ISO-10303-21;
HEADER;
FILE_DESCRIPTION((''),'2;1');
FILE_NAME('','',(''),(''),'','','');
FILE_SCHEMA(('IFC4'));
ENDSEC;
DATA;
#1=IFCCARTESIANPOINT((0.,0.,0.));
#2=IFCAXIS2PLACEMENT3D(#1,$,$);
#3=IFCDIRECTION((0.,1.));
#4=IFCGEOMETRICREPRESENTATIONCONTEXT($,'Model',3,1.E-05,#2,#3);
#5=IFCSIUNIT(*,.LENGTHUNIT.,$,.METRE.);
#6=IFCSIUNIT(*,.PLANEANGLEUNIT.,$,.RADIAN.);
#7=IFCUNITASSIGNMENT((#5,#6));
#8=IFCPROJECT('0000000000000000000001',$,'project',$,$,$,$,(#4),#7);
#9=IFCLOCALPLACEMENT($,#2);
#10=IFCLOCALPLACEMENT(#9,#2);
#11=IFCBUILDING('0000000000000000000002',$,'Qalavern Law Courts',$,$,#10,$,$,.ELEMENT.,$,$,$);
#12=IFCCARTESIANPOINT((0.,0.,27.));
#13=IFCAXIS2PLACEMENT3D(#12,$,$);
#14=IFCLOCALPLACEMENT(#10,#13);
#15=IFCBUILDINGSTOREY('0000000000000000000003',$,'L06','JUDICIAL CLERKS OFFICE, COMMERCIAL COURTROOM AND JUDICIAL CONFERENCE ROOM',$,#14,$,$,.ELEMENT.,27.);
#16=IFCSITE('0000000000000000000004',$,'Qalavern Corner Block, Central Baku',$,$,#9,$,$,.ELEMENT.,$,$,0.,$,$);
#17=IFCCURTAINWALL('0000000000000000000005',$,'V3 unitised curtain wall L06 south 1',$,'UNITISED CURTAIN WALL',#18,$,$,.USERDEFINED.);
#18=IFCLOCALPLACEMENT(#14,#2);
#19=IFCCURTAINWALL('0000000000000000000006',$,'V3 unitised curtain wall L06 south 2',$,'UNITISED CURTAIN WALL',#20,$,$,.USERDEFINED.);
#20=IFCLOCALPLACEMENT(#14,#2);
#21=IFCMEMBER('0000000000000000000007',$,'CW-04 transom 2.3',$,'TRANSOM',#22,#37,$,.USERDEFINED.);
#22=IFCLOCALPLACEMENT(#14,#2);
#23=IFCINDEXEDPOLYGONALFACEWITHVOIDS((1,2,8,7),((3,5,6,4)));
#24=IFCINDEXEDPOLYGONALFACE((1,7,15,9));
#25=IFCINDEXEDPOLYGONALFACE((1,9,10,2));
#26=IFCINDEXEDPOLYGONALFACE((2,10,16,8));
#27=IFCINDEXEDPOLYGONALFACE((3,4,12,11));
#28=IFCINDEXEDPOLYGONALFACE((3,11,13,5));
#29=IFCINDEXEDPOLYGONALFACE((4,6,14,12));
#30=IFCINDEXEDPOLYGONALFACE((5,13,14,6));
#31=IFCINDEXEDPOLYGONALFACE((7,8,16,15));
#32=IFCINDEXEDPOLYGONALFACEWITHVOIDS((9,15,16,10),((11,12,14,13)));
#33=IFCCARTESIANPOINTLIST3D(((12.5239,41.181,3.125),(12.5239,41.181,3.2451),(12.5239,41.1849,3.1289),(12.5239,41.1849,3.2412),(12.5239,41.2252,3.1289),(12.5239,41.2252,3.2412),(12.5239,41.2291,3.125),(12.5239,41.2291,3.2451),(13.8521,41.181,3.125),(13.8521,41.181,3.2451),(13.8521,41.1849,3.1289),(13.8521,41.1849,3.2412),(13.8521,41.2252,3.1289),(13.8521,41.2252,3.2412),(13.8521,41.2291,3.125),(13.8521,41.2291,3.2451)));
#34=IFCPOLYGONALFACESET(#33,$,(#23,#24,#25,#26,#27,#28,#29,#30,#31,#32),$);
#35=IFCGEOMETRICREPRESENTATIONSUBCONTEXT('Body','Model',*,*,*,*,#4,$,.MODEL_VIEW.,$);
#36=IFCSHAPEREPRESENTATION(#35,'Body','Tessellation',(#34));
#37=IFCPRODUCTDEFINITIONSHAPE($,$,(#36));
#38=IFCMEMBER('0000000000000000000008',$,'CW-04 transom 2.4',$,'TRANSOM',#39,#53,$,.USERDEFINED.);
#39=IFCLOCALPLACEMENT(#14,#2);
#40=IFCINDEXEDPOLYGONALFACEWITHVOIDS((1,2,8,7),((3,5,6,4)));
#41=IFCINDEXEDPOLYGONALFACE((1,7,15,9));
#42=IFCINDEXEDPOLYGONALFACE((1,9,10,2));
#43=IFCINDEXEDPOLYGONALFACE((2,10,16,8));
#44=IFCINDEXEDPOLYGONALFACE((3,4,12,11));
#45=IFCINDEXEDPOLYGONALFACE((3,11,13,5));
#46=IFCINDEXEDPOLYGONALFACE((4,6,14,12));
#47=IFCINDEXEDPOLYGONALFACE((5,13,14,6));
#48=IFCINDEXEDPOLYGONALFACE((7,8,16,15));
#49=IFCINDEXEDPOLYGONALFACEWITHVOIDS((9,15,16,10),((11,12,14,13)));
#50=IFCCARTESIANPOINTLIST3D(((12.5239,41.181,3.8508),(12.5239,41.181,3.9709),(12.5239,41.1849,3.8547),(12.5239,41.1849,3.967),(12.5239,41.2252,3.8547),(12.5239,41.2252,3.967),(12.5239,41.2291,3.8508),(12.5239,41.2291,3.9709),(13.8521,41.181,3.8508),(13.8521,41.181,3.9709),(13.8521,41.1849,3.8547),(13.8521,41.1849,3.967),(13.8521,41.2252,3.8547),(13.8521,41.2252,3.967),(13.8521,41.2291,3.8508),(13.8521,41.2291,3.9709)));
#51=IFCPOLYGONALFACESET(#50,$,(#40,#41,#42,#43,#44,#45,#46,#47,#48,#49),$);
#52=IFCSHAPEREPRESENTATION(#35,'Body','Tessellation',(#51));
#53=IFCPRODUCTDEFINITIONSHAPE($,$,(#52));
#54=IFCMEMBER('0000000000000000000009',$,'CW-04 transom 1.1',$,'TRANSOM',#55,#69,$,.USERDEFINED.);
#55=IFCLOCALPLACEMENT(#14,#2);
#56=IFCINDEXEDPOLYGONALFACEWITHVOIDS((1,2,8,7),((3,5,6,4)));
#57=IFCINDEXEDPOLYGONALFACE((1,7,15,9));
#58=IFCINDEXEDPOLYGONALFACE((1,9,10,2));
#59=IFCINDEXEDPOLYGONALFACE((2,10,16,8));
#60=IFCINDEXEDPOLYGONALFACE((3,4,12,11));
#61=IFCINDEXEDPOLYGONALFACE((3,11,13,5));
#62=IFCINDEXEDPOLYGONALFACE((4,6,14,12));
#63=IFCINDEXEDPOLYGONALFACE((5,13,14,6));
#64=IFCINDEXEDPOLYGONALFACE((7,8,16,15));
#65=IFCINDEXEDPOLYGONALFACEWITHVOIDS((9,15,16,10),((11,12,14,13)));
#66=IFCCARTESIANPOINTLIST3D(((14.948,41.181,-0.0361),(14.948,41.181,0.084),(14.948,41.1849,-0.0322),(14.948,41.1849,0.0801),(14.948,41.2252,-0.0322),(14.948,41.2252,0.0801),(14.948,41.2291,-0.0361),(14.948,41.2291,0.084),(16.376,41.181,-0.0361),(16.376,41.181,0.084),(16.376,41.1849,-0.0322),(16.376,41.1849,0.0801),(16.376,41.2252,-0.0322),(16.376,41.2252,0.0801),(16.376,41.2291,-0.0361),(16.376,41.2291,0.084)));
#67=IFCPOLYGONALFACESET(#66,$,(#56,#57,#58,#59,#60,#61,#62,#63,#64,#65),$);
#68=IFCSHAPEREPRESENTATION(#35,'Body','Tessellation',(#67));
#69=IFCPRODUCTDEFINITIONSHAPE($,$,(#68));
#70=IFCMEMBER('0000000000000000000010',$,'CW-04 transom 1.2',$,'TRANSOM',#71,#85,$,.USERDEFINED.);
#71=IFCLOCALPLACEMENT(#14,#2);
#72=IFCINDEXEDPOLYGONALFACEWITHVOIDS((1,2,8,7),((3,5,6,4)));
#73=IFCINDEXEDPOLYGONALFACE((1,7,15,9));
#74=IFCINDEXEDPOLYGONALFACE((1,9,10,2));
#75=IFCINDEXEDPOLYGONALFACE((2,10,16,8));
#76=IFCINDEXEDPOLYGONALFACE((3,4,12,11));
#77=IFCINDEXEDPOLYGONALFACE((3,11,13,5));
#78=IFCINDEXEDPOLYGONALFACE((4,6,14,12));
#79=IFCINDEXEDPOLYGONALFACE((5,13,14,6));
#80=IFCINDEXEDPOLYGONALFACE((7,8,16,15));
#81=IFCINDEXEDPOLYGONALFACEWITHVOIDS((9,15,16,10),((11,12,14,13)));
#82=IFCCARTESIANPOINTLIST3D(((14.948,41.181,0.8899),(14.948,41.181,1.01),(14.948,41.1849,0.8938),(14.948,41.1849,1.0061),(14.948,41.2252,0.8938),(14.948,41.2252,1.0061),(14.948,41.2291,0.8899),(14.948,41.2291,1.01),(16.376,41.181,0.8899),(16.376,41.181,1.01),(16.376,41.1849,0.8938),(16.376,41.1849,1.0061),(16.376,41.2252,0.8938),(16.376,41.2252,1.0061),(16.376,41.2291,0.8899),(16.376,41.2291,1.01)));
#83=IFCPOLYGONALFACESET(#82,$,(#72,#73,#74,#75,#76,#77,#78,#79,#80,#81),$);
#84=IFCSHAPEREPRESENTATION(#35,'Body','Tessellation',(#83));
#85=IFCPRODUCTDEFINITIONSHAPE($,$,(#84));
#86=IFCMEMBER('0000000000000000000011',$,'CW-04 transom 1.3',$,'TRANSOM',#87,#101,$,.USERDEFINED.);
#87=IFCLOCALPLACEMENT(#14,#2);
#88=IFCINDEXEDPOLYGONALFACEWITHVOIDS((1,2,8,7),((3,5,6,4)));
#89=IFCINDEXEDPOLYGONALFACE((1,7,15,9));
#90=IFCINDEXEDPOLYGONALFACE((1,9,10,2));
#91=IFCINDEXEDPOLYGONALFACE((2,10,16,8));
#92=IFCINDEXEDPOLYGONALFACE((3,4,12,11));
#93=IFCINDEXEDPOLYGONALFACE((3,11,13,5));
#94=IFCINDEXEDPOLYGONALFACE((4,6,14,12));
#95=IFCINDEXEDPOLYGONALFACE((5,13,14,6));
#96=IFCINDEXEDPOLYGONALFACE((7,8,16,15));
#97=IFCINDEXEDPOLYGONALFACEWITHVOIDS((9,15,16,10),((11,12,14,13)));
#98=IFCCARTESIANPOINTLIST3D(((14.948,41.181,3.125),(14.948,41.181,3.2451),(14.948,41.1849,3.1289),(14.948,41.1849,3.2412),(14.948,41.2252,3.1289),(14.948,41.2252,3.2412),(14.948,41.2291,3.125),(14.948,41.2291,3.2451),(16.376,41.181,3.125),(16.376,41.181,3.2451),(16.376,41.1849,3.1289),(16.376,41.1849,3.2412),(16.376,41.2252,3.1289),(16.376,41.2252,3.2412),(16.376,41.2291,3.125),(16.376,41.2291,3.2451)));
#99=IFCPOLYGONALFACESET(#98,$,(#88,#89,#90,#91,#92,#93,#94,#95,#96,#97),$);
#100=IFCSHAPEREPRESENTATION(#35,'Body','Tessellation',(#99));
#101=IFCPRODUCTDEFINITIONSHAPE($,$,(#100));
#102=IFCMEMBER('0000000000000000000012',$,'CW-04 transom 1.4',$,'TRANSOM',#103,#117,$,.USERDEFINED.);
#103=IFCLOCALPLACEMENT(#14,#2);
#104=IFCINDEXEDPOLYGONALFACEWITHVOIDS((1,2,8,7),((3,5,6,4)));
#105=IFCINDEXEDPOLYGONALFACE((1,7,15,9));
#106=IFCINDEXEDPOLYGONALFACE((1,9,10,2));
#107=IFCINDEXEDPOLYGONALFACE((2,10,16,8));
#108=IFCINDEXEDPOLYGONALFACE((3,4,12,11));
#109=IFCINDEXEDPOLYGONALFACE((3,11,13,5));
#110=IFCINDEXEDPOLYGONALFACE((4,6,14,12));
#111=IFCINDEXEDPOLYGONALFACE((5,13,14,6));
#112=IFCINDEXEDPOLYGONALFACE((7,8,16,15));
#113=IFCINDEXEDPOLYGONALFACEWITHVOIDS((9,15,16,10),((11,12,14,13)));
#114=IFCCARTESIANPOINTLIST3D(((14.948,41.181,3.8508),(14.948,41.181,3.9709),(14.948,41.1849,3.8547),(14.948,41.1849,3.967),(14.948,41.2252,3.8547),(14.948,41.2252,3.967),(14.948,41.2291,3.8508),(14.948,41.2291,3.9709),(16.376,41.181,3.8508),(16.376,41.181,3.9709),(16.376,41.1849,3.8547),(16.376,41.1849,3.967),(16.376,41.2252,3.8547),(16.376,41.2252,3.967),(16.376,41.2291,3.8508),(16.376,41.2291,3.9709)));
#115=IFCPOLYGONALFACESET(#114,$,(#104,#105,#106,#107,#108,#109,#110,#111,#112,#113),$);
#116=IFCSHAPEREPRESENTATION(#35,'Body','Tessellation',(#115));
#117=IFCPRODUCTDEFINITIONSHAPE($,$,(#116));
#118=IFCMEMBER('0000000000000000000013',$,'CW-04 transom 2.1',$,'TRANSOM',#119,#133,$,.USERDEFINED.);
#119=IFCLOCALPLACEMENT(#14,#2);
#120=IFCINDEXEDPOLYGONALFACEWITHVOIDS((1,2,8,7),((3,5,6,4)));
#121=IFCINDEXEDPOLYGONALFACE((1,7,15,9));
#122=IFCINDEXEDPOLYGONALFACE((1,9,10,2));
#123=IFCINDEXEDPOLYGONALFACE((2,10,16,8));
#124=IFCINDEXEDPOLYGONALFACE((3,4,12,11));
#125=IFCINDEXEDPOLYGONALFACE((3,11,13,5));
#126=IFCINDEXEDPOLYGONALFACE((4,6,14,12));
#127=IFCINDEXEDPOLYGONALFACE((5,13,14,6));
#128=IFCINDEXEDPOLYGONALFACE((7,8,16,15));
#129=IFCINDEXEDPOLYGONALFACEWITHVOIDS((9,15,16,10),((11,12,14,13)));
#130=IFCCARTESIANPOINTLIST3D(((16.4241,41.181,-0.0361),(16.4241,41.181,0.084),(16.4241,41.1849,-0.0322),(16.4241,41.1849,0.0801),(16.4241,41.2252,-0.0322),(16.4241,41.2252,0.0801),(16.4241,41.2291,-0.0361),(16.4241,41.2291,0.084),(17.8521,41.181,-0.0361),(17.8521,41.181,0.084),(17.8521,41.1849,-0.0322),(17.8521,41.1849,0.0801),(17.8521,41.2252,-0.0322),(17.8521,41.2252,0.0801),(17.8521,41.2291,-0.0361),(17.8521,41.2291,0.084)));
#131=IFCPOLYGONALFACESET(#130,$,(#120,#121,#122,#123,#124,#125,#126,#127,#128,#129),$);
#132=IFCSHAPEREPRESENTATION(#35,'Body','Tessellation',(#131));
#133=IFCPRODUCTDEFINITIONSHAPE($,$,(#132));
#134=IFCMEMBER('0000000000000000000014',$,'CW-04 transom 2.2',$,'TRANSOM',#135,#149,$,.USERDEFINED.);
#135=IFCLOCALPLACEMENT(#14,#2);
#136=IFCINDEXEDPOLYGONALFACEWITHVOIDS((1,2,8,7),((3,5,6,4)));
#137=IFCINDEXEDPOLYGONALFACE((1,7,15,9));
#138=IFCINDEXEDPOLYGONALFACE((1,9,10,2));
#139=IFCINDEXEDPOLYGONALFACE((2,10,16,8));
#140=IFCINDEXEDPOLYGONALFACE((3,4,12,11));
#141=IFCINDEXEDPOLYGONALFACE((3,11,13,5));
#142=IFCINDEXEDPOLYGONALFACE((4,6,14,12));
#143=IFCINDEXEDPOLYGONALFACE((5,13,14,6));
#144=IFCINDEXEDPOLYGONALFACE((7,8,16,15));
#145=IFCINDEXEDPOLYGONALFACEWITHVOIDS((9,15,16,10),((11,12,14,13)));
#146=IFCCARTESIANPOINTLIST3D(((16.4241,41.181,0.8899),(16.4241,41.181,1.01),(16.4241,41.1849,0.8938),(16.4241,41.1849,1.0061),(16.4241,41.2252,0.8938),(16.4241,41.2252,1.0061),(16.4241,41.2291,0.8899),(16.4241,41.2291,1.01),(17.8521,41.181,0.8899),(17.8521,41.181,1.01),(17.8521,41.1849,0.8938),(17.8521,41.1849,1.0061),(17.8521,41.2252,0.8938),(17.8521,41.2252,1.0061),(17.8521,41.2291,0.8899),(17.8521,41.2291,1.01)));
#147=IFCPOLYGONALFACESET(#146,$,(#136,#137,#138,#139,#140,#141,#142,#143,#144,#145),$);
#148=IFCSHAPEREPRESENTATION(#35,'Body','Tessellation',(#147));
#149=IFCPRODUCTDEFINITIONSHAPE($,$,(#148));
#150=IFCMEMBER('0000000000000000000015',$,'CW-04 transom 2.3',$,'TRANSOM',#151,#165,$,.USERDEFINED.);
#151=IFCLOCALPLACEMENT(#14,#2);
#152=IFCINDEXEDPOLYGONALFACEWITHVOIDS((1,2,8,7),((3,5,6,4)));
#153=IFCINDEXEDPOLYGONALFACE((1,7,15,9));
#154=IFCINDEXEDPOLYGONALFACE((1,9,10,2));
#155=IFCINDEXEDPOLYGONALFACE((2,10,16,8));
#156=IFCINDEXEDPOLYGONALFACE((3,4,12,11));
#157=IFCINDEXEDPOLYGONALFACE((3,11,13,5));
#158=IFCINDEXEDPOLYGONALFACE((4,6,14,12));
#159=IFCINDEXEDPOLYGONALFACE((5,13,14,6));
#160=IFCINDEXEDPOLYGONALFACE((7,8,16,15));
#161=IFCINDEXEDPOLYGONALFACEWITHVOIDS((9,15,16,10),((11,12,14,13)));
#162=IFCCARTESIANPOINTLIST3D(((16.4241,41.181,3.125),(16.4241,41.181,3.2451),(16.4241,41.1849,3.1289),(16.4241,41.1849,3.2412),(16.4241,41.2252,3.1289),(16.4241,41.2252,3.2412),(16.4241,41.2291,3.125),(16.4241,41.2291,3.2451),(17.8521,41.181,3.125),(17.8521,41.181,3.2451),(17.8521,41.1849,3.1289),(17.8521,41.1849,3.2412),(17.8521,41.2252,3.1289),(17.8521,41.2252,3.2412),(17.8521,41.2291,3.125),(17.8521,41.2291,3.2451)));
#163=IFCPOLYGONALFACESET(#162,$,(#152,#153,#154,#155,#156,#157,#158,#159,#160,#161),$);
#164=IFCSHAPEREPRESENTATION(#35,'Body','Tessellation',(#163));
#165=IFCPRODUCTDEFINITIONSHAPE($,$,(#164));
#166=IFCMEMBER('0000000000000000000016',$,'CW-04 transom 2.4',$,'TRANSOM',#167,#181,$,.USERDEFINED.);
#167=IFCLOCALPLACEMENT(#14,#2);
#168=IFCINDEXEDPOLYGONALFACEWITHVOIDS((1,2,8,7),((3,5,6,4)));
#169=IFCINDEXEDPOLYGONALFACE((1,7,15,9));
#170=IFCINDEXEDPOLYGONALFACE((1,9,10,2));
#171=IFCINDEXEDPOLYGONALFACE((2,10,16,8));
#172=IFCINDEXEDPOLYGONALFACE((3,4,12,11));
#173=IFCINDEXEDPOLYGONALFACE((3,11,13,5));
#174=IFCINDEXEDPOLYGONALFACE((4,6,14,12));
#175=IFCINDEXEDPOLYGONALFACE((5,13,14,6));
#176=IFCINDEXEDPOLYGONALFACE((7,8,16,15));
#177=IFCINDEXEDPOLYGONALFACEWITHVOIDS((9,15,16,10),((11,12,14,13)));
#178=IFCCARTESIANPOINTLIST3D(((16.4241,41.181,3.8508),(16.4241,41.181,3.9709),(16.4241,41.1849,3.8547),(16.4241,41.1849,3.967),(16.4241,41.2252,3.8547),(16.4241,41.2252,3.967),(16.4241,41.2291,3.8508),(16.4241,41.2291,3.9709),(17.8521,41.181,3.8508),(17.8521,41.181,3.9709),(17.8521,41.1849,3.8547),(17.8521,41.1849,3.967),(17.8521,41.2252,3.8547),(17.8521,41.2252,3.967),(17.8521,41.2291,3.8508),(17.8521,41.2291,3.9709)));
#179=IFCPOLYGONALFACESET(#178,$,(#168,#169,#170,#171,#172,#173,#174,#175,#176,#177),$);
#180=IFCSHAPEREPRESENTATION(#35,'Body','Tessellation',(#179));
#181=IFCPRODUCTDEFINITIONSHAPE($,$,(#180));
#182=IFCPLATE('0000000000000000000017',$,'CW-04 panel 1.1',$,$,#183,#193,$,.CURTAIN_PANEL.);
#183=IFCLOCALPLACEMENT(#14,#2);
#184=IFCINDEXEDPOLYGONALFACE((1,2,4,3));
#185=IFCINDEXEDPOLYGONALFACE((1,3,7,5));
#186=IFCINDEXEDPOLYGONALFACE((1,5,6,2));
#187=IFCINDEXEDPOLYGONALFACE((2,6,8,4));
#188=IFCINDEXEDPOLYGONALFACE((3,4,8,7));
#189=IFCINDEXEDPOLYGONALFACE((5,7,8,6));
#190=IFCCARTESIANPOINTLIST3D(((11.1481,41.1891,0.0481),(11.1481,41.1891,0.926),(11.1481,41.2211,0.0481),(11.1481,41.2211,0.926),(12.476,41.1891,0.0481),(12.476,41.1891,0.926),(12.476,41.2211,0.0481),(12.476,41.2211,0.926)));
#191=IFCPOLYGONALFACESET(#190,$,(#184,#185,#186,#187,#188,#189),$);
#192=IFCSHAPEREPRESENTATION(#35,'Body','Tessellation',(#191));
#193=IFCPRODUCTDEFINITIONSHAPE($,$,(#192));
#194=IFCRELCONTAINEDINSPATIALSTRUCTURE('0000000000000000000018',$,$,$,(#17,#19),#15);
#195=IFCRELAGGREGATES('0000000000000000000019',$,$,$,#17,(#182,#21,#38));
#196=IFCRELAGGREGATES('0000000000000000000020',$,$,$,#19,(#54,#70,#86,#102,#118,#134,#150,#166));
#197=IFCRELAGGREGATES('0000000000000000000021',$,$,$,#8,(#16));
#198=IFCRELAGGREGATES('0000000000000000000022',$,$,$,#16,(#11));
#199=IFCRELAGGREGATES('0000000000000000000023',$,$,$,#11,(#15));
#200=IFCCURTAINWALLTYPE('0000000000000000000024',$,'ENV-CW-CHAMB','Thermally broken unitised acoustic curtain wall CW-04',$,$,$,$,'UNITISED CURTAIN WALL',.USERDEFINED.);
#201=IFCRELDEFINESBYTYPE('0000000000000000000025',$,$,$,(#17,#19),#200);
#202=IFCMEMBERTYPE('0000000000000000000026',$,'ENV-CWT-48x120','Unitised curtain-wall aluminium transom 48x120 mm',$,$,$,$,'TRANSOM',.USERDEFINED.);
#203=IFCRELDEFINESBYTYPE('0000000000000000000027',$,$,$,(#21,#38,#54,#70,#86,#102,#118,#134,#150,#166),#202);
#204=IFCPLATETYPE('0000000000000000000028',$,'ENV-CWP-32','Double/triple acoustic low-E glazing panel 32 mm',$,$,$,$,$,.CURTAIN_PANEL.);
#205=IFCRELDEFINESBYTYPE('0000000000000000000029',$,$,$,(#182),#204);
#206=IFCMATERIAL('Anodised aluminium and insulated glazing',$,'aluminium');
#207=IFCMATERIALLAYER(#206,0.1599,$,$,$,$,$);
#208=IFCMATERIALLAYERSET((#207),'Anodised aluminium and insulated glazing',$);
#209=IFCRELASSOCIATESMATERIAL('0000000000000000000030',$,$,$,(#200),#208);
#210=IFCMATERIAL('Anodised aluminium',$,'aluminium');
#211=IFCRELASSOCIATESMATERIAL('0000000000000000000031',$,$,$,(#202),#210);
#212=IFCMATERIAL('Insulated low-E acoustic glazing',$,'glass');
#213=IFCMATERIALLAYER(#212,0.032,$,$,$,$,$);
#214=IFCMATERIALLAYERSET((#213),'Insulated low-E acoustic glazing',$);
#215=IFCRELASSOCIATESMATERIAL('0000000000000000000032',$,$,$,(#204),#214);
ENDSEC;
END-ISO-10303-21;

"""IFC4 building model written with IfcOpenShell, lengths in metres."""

from ifc_helpers import new_model, si_unit, direction, frame, origin, origin_2d, place, context, subcontext, project, spatial, rectangle, hollow_rectangle, extrude, material, layer, layer_set, material_profile, profile_set, type_object, element, aggregate, save


model = new_model("IFC4")

# Units and contexts
model_context = context("Model", 3, precision=1e-05, world=origin(), true_north=direction((0.0, 1.0)))
body_context = subcontext(model_context, "Body", "Model", "MODEL_VIEW")
ifc_project = project(units=[si_unit("LENGTHUNIT", "METRE"), si_unit("PLANEANGLEUNIT", "RADIAN")], contexts=[model_context])

# Site, building, storey
site_placement = place(None, origin())
site = spatial("IfcSite", under=ifc_project, at=site_placement, Name="Qalavern Corner Block, Central Baku", CompositionType="ELEMENT", RefElevation=0.0)
building_placement = place(site_placement, origin())
building = spatial("IfcBuilding", under=site, at=building_placement, Name="Qalavern Law Courts", CompositionType="ELEMENT")
storey_placement = place(building_placement, frame((0.0, 0.0, 27.0)))
storey = spatial("IfcBuildingStorey", under=building, at=storey_placement, Name="L06", Description="JUDICIAL CLERKS OFFICE, COMMERCIAL COURTROOM AND JUDICIAL CONFERENCE ROOM", CompositionType="ELEMENT", Elevation=27.0)

# Curtain walls
ifc_material_1 = material(Name="Anodised aluminium and insulated glazing", Category="aluminium")
ifc_layer_1 = layer(ifc_material_1, 0.1599)
ifc_layer_set_1 = layer_set([ifc_layer_1], Name="Anodised aluminium and insulated glazing")
curtain_wall_type = type_object("IfcCurtainWallType", Name="ENV-CW-CHAMB", Description="Thermally broken unitised acoustic curtain wall CW-04", ElementType="UNITISED CURTAIN WALL", PredefinedType="USERDEFINED", material=ifc_layer_set_1)
curtain_wall_1_placement = place(storey_placement, origin())
curtain_wall_1 = element("IfcCurtainWall", 1, at=curtain_wall_1_placement, inside=storey, type_object=curtain_wall_type, Name="V3 unitised curtain wall L06 south 1", ObjectType="UNITISED CURTAIN WALL", PredefinedType="USERDEFINED")
ifc_material_2 = material(Name="Anodised aluminium", Category="aluminium")
curtain_wall_2_placement = place(storey_placement, origin())
curtain_wall_2 = element("IfcCurtainWall", 2, at=curtain_wall_2_placement, inside=storey, type_object=curtain_wall_type, Name="V3 unitised curtain wall L06 south 2", ObjectType="UNITISED CURTAIN WALL", PredefinedType="USERDEFINED")

# Members
ifc_material_profile_1 = material_profile(ifc_material_2, hollow_rectangle(XDim=0.0481, YDim=0.1201, WallThickness=0.0039, at=origin_2d()), Name="ALU TRANSOM 48x120")
ifc_profile_set_1 = profile_set([ifc_material_profile_1], Name="Anodised aluminium")
member_type_1 = type_object("IfcMemberType", Name="ENV-CWT-48x120", Description="Unitised curtain-wall aluminium transom 48x120 mm", ElementType="TRANSOM", PredefinedType="USERDEFINED", material=ifc_profile_set_1)
member_1_placement = place(storey_placement, frame((12.5239, 41.2051, 3.1851), z_axis=(1.0, 0.0, 0.0), x_axis=(0.0, 1.0, 0.0)))
member_1 = element("IfcMember", 3, at=member_1_placement, type_object=member_type_1, Name="CW-04 transom 2.3", ObjectType="TRANSOM", PredefinedType="USERDEFINED", context=body_context, shape_type="SweptSolid", body=[
    extrude(hollow_rectangle(XDim=0.0481, YDim=0.1201, WallThickness=0.0039, at=origin_2d()), origin(), (0.0, 0.0, 1.0), 1.3281),
])
member_2_placement = place(storey_placement, frame((12.5239, 41.2051, 3.9109), z_axis=(1.0, 0.0, 0.0), x_axis=(0.0, 1.0, 0.0)))
member_2 = element("IfcMember", 4, at=member_2_placement, type_object=member_type_1, Name="CW-04 transom 2.4", ObjectType="TRANSOM", PredefinedType="USERDEFINED", context=body_context, shape_type="SweptSolid", body=[
    extrude(hollow_rectangle(XDim=0.0481, YDim=0.1201, WallThickness=0.0039, at=origin_2d()), origin(), (0.0, 0.0, 1.0), 1.3281),
])
member_3_placement = place(storey_placement, frame((14.948, 41.2051, 0.0239), z_axis=(1.0, 0.0, 0.0), x_axis=(0.0, 1.0, 0.0)))
member_3 = element("IfcMember", 5, at=member_3_placement, type_object=member_type_1, Name="CW-04 transom 1.1", ObjectType="TRANSOM", PredefinedType="USERDEFINED", context=body_context, shape_type="SweptSolid", body=[
    extrude(hollow_rectangle(XDim=0.0481, YDim=0.1201, WallThickness=0.0039, at=origin_2d()), origin(), (0.0, 0.0, 1.0), 1.428),
])
member_4_placement = place(storey_placement, frame((14.948, 41.2051, 0.95), z_axis=(1.0, 0.0, 0.0), x_axis=(0.0, 1.0, 0.0)))
member_4 = element("IfcMember", 6, at=member_4_placement, type_object=member_type_1, Name="CW-04 transom 1.2", ObjectType="TRANSOM", PredefinedType="USERDEFINED", context=body_context, shape_type="SweptSolid", body=[
    extrude(hollow_rectangle(XDim=0.0481, YDim=0.1201, WallThickness=0.0039, at=origin_2d()), origin(), (0.0, 0.0, 1.0), 1.428),
])
member_5_placement = place(storey_placement, frame((14.948, 41.2051, 3.1851), z_axis=(1.0, 0.0, 0.0), x_axis=(0.0, 1.0, 0.0)))
member_5 = element("IfcMember", 7, at=member_5_placement, type_object=member_type_1, Name="CW-04 transom 1.3", ObjectType="TRANSOM", PredefinedType="USERDEFINED", context=body_context, shape_type="SweptSolid", body=[
    extrude(hollow_rectangle(XDim=0.0481, YDim=0.1201, WallThickness=0.0039, at=origin_2d()), origin(), (0.0, 0.0, 1.0), 1.428),
])
member_6_placement = place(storey_placement, frame((14.948, 41.2051, 3.9109), z_axis=(1.0, 0.0, 0.0), x_axis=(0.0, 1.0, 0.0)))
member_6 = element("IfcMember", 8, at=member_6_placement, type_object=member_type_1, Name="CW-04 transom 1.4", ObjectType="TRANSOM", PredefinedType="USERDEFINED", context=body_context, shape_type="SweptSolid", body=[
    extrude(hollow_rectangle(XDim=0.0481, YDim=0.1201, WallThickness=0.0039, at=origin_2d()), origin(), (0.0, 0.0, 1.0), 1.428),
])
member_7_placement = place(storey_placement, frame((16.4241, 41.2051, 0.0239), z_axis=(1.0, 0.0, 0.0), x_axis=(0.0, 1.0, 0.0)))
member_7 = element("IfcMember", 9, at=member_7_placement, type_object=member_type_1, Name="CW-04 transom 2.1", ObjectType="TRANSOM", PredefinedType="USERDEFINED", context=body_context, shape_type="SweptSolid", body=[
    extrude(hollow_rectangle(XDim=0.0481, YDim=0.1201, WallThickness=0.0039, at=origin_2d()), origin(), (0.0, 0.0, 1.0), 1.428),
])
member_8_placement = place(storey_placement, frame((16.4241, 41.2051, 0.95), z_axis=(1.0, 0.0, 0.0), x_axis=(0.0, 1.0, 0.0)))
member_8 = element("IfcMember", 10, at=member_8_placement, type_object=member_type_1, Name="CW-04 transom 2.2", ObjectType="TRANSOM", PredefinedType="USERDEFINED", context=body_context, shape_type="SweptSolid", body=[
    extrude(hollow_rectangle(XDim=0.0481, YDim=0.1201, WallThickness=0.0039, at=origin_2d()), origin(), (0.0, 0.0, 1.0), 1.428),
])
member_9_placement = place(storey_placement, frame((16.4241, 41.2051, 3.1851), z_axis=(1.0, 0.0, 0.0), x_axis=(0.0, 1.0, 0.0)))
member_9 = element("IfcMember", 11, at=member_9_placement, type_object=member_type_1, Name="CW-04 transom 2.3", ObjectType="TRANSOM", PredefinedType="USERDEFINED", context=body_context, shape_type="SweptSolid", body=[
    extrude(hollow_rectangle(XDim=0.0481, YDim=0.1201, WallThickness=0.0039, at=origin_2d()), origin(), (0.0, 0.0, 1.0), 1.428),
])
member_10_placement = place(storey_placement, frame((16.4241, 41.2051, 3.9109), z_axis=(1.0, 0.0, 0.0), x_axis=(0.0, 1.0, 0.0)))
member_10 = element("IfcMember", 12, at=member_10_placement, type_object=member_type_1, Name="CW-04 transom 2.4", ObjectType="TRANSOM", PredefinedType="USERDEFINED", context=body_context, shape_type="SweptSolid", body=[
    extrude(hollow_rectangle(XDim=0.0481, YDim=0.1201, WallThickness=0.0039, at=origin_2d()), origin(), (0.0, 0.0, 1.0), 1.428),
])

# Plate
ifc_material_3 = material(Name="Insulated low-E acoustic glazing", Category="glass")
ifc_layer_2 = layer(ifc_material_3, 0.032)
ifc_layer_set_2 = layer_set([ifc_layer_2], Name="Insulated low-E acoustic glazing")
plate_type_1 = type_object("IfcPlateType", Name="ENV-CWP-32", Description="Double/triple acoustic low-E glazing panel 32 mm", PredefinedType="CURTAIN_PANEL", material=ifc_layer_set_2)
plate_1_placement = place(storey_placement, frame((11.812, 41.2051, 0.0481), z_axis=(0.0, 0.0, 1.0), x_axis=(1.0, 0.0, 0.0)))
plate_1 = element("IfcPlate", 13, at=plate_1_placement, type_object=plate_type_1, Name="CW-04 panel 1.1", PredefinedType="CURTAIN_PANEL", context=body_context, shape_type="SweptSolid", body=[
    extrude(rectangle(XDim=1.3279, YDim=0.032, at=origin_2d()), origin(), (0.0, 0.0, 1.0), 0.8779),
])
aggregate(curtain_wall_1, [plate_1, member_1, member_2])
aggregate(curtain_wall_2, [member_3, member_4, member_5, member_6, member_7, member_8, member_9, member_10])

save(model, "model.ifc")
